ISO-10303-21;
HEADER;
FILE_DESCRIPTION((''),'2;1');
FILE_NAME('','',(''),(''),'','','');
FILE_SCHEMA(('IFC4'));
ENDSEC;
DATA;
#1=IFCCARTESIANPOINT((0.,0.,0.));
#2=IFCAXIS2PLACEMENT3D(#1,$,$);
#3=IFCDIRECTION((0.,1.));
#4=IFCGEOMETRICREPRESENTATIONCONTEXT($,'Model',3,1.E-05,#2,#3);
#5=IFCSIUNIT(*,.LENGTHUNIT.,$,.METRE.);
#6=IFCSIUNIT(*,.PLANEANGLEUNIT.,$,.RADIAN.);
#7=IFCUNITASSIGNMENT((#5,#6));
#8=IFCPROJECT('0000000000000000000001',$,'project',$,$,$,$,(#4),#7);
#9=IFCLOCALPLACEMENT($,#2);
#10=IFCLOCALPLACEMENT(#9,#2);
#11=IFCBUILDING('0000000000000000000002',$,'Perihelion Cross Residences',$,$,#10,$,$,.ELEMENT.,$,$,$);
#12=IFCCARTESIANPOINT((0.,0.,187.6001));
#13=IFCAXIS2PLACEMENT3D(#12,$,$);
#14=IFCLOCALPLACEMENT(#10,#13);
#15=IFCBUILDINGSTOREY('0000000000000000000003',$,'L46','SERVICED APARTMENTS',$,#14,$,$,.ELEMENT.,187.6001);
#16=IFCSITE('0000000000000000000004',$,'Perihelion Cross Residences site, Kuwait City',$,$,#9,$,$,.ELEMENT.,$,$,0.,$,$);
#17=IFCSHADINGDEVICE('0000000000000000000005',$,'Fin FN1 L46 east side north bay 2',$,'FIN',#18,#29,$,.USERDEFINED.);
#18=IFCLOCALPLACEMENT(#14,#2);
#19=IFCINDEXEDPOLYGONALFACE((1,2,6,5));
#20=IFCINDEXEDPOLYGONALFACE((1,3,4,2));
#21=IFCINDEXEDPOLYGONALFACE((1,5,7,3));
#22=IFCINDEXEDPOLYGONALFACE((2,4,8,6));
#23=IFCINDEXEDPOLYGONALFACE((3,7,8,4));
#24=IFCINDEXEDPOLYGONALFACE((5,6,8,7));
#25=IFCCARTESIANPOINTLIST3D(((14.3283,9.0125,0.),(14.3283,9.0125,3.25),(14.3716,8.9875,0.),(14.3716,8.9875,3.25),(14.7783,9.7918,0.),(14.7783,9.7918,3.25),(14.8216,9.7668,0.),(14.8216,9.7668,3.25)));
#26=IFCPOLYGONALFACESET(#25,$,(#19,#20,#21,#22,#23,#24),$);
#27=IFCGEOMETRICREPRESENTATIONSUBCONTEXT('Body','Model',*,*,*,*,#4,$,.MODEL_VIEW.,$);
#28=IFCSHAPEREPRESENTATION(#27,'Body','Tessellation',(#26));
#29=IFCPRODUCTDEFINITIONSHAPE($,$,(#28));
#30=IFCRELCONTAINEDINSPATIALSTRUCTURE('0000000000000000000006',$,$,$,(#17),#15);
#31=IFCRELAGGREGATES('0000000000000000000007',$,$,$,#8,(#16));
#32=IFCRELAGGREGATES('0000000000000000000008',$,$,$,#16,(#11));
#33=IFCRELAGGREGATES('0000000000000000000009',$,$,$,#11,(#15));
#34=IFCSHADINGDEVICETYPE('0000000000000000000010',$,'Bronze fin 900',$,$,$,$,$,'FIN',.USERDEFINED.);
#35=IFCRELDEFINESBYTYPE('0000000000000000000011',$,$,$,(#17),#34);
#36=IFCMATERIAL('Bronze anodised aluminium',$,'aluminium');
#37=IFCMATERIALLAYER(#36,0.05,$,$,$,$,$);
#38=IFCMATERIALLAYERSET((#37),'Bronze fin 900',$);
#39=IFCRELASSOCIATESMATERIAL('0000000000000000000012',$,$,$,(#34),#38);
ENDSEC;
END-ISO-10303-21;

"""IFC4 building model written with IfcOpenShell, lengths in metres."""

from ifc_helpers import new_model, si_unit, direction, frame, origin, origin_2d, place, context, subcontext, project, spatial, rectangle, extrude, material, layer, layer_set, type_object, element, save


model = new_model("IFC4")

# Units and contexts
model_context = context("Model", 3, precision=1e-05, world=origin(), true_north=direction((0.0, 1.0)))
body_context = subcontext(model_context, "Body", "Model", "MODEL_VIEW")
ifc_project = project(units=[si_unit("LENGTHUNIT", "METRE"), si_unit("PLANEANGLEUNIT", "RADIAN")], contexts=[model_context])

# Site, building, storey
site_placement = place(None, origin())
site = spatial("IfcSite", under=ifc_project, at=site_placement, Name="Perihelion Cross Residences site, Kuwait City", CompositionType="ELEMENT", RefElevation=0.0)
building_placement = place(site_placement, origin())
building = spatial("IfcBuilding", under=site, at=building_placement, Name="Perihelion Cross Residences", CompositionType="ELEMENT")
storey_placement = place(building_placement, frame((0.0, 0.0, 187.6001)))
storey = spatial("IfcBuildingStorey", under=building, at=storey_placement, Name="L46", Description="SERVICED APARTMENTS", CompositionType="ELEMENT", Elevation=187.6001)

# Shading device
ifc_material_1 = material(Name="Bronze anodised aluminium", Category="aluminium")
ifc_layer_1 = layer(ifc_material_1, 0.05)
ifc_layer_set_1 = layer_set([ifc_layer_1], Name="Bronze fin 900")
shading_device_type = type_object("IfcShadingDeviceType", Name="Bronze fin 900", ElementType="FIN", PredefinedType="USERDEFINED", material=ifc_layer_set_1)
shading_device_placement = place(storey_placement, frame((14.575, 9.3896, 0.0), z_axis=(0.0, 0.0, 1.0), x_axis=(0.5, 0.866025, 0.0)))
element("IfcShadingDevice", 1, at=shading_device_placement, inside=storey, type_object=shading_device_type, Name="Fin FN1 L46 east side north bay 2", ObjectType="FIN", PredefinedType="USERDEFINED", context=body_context, shape_type="SweptSolid", body=[
    extrude(rectangle(XDim=0.8999, YDim=0.05, at=origin_2d()), origin(), (0.0, 0.0, 1.0), 3.25),
])

save(model, "model.ifc")
